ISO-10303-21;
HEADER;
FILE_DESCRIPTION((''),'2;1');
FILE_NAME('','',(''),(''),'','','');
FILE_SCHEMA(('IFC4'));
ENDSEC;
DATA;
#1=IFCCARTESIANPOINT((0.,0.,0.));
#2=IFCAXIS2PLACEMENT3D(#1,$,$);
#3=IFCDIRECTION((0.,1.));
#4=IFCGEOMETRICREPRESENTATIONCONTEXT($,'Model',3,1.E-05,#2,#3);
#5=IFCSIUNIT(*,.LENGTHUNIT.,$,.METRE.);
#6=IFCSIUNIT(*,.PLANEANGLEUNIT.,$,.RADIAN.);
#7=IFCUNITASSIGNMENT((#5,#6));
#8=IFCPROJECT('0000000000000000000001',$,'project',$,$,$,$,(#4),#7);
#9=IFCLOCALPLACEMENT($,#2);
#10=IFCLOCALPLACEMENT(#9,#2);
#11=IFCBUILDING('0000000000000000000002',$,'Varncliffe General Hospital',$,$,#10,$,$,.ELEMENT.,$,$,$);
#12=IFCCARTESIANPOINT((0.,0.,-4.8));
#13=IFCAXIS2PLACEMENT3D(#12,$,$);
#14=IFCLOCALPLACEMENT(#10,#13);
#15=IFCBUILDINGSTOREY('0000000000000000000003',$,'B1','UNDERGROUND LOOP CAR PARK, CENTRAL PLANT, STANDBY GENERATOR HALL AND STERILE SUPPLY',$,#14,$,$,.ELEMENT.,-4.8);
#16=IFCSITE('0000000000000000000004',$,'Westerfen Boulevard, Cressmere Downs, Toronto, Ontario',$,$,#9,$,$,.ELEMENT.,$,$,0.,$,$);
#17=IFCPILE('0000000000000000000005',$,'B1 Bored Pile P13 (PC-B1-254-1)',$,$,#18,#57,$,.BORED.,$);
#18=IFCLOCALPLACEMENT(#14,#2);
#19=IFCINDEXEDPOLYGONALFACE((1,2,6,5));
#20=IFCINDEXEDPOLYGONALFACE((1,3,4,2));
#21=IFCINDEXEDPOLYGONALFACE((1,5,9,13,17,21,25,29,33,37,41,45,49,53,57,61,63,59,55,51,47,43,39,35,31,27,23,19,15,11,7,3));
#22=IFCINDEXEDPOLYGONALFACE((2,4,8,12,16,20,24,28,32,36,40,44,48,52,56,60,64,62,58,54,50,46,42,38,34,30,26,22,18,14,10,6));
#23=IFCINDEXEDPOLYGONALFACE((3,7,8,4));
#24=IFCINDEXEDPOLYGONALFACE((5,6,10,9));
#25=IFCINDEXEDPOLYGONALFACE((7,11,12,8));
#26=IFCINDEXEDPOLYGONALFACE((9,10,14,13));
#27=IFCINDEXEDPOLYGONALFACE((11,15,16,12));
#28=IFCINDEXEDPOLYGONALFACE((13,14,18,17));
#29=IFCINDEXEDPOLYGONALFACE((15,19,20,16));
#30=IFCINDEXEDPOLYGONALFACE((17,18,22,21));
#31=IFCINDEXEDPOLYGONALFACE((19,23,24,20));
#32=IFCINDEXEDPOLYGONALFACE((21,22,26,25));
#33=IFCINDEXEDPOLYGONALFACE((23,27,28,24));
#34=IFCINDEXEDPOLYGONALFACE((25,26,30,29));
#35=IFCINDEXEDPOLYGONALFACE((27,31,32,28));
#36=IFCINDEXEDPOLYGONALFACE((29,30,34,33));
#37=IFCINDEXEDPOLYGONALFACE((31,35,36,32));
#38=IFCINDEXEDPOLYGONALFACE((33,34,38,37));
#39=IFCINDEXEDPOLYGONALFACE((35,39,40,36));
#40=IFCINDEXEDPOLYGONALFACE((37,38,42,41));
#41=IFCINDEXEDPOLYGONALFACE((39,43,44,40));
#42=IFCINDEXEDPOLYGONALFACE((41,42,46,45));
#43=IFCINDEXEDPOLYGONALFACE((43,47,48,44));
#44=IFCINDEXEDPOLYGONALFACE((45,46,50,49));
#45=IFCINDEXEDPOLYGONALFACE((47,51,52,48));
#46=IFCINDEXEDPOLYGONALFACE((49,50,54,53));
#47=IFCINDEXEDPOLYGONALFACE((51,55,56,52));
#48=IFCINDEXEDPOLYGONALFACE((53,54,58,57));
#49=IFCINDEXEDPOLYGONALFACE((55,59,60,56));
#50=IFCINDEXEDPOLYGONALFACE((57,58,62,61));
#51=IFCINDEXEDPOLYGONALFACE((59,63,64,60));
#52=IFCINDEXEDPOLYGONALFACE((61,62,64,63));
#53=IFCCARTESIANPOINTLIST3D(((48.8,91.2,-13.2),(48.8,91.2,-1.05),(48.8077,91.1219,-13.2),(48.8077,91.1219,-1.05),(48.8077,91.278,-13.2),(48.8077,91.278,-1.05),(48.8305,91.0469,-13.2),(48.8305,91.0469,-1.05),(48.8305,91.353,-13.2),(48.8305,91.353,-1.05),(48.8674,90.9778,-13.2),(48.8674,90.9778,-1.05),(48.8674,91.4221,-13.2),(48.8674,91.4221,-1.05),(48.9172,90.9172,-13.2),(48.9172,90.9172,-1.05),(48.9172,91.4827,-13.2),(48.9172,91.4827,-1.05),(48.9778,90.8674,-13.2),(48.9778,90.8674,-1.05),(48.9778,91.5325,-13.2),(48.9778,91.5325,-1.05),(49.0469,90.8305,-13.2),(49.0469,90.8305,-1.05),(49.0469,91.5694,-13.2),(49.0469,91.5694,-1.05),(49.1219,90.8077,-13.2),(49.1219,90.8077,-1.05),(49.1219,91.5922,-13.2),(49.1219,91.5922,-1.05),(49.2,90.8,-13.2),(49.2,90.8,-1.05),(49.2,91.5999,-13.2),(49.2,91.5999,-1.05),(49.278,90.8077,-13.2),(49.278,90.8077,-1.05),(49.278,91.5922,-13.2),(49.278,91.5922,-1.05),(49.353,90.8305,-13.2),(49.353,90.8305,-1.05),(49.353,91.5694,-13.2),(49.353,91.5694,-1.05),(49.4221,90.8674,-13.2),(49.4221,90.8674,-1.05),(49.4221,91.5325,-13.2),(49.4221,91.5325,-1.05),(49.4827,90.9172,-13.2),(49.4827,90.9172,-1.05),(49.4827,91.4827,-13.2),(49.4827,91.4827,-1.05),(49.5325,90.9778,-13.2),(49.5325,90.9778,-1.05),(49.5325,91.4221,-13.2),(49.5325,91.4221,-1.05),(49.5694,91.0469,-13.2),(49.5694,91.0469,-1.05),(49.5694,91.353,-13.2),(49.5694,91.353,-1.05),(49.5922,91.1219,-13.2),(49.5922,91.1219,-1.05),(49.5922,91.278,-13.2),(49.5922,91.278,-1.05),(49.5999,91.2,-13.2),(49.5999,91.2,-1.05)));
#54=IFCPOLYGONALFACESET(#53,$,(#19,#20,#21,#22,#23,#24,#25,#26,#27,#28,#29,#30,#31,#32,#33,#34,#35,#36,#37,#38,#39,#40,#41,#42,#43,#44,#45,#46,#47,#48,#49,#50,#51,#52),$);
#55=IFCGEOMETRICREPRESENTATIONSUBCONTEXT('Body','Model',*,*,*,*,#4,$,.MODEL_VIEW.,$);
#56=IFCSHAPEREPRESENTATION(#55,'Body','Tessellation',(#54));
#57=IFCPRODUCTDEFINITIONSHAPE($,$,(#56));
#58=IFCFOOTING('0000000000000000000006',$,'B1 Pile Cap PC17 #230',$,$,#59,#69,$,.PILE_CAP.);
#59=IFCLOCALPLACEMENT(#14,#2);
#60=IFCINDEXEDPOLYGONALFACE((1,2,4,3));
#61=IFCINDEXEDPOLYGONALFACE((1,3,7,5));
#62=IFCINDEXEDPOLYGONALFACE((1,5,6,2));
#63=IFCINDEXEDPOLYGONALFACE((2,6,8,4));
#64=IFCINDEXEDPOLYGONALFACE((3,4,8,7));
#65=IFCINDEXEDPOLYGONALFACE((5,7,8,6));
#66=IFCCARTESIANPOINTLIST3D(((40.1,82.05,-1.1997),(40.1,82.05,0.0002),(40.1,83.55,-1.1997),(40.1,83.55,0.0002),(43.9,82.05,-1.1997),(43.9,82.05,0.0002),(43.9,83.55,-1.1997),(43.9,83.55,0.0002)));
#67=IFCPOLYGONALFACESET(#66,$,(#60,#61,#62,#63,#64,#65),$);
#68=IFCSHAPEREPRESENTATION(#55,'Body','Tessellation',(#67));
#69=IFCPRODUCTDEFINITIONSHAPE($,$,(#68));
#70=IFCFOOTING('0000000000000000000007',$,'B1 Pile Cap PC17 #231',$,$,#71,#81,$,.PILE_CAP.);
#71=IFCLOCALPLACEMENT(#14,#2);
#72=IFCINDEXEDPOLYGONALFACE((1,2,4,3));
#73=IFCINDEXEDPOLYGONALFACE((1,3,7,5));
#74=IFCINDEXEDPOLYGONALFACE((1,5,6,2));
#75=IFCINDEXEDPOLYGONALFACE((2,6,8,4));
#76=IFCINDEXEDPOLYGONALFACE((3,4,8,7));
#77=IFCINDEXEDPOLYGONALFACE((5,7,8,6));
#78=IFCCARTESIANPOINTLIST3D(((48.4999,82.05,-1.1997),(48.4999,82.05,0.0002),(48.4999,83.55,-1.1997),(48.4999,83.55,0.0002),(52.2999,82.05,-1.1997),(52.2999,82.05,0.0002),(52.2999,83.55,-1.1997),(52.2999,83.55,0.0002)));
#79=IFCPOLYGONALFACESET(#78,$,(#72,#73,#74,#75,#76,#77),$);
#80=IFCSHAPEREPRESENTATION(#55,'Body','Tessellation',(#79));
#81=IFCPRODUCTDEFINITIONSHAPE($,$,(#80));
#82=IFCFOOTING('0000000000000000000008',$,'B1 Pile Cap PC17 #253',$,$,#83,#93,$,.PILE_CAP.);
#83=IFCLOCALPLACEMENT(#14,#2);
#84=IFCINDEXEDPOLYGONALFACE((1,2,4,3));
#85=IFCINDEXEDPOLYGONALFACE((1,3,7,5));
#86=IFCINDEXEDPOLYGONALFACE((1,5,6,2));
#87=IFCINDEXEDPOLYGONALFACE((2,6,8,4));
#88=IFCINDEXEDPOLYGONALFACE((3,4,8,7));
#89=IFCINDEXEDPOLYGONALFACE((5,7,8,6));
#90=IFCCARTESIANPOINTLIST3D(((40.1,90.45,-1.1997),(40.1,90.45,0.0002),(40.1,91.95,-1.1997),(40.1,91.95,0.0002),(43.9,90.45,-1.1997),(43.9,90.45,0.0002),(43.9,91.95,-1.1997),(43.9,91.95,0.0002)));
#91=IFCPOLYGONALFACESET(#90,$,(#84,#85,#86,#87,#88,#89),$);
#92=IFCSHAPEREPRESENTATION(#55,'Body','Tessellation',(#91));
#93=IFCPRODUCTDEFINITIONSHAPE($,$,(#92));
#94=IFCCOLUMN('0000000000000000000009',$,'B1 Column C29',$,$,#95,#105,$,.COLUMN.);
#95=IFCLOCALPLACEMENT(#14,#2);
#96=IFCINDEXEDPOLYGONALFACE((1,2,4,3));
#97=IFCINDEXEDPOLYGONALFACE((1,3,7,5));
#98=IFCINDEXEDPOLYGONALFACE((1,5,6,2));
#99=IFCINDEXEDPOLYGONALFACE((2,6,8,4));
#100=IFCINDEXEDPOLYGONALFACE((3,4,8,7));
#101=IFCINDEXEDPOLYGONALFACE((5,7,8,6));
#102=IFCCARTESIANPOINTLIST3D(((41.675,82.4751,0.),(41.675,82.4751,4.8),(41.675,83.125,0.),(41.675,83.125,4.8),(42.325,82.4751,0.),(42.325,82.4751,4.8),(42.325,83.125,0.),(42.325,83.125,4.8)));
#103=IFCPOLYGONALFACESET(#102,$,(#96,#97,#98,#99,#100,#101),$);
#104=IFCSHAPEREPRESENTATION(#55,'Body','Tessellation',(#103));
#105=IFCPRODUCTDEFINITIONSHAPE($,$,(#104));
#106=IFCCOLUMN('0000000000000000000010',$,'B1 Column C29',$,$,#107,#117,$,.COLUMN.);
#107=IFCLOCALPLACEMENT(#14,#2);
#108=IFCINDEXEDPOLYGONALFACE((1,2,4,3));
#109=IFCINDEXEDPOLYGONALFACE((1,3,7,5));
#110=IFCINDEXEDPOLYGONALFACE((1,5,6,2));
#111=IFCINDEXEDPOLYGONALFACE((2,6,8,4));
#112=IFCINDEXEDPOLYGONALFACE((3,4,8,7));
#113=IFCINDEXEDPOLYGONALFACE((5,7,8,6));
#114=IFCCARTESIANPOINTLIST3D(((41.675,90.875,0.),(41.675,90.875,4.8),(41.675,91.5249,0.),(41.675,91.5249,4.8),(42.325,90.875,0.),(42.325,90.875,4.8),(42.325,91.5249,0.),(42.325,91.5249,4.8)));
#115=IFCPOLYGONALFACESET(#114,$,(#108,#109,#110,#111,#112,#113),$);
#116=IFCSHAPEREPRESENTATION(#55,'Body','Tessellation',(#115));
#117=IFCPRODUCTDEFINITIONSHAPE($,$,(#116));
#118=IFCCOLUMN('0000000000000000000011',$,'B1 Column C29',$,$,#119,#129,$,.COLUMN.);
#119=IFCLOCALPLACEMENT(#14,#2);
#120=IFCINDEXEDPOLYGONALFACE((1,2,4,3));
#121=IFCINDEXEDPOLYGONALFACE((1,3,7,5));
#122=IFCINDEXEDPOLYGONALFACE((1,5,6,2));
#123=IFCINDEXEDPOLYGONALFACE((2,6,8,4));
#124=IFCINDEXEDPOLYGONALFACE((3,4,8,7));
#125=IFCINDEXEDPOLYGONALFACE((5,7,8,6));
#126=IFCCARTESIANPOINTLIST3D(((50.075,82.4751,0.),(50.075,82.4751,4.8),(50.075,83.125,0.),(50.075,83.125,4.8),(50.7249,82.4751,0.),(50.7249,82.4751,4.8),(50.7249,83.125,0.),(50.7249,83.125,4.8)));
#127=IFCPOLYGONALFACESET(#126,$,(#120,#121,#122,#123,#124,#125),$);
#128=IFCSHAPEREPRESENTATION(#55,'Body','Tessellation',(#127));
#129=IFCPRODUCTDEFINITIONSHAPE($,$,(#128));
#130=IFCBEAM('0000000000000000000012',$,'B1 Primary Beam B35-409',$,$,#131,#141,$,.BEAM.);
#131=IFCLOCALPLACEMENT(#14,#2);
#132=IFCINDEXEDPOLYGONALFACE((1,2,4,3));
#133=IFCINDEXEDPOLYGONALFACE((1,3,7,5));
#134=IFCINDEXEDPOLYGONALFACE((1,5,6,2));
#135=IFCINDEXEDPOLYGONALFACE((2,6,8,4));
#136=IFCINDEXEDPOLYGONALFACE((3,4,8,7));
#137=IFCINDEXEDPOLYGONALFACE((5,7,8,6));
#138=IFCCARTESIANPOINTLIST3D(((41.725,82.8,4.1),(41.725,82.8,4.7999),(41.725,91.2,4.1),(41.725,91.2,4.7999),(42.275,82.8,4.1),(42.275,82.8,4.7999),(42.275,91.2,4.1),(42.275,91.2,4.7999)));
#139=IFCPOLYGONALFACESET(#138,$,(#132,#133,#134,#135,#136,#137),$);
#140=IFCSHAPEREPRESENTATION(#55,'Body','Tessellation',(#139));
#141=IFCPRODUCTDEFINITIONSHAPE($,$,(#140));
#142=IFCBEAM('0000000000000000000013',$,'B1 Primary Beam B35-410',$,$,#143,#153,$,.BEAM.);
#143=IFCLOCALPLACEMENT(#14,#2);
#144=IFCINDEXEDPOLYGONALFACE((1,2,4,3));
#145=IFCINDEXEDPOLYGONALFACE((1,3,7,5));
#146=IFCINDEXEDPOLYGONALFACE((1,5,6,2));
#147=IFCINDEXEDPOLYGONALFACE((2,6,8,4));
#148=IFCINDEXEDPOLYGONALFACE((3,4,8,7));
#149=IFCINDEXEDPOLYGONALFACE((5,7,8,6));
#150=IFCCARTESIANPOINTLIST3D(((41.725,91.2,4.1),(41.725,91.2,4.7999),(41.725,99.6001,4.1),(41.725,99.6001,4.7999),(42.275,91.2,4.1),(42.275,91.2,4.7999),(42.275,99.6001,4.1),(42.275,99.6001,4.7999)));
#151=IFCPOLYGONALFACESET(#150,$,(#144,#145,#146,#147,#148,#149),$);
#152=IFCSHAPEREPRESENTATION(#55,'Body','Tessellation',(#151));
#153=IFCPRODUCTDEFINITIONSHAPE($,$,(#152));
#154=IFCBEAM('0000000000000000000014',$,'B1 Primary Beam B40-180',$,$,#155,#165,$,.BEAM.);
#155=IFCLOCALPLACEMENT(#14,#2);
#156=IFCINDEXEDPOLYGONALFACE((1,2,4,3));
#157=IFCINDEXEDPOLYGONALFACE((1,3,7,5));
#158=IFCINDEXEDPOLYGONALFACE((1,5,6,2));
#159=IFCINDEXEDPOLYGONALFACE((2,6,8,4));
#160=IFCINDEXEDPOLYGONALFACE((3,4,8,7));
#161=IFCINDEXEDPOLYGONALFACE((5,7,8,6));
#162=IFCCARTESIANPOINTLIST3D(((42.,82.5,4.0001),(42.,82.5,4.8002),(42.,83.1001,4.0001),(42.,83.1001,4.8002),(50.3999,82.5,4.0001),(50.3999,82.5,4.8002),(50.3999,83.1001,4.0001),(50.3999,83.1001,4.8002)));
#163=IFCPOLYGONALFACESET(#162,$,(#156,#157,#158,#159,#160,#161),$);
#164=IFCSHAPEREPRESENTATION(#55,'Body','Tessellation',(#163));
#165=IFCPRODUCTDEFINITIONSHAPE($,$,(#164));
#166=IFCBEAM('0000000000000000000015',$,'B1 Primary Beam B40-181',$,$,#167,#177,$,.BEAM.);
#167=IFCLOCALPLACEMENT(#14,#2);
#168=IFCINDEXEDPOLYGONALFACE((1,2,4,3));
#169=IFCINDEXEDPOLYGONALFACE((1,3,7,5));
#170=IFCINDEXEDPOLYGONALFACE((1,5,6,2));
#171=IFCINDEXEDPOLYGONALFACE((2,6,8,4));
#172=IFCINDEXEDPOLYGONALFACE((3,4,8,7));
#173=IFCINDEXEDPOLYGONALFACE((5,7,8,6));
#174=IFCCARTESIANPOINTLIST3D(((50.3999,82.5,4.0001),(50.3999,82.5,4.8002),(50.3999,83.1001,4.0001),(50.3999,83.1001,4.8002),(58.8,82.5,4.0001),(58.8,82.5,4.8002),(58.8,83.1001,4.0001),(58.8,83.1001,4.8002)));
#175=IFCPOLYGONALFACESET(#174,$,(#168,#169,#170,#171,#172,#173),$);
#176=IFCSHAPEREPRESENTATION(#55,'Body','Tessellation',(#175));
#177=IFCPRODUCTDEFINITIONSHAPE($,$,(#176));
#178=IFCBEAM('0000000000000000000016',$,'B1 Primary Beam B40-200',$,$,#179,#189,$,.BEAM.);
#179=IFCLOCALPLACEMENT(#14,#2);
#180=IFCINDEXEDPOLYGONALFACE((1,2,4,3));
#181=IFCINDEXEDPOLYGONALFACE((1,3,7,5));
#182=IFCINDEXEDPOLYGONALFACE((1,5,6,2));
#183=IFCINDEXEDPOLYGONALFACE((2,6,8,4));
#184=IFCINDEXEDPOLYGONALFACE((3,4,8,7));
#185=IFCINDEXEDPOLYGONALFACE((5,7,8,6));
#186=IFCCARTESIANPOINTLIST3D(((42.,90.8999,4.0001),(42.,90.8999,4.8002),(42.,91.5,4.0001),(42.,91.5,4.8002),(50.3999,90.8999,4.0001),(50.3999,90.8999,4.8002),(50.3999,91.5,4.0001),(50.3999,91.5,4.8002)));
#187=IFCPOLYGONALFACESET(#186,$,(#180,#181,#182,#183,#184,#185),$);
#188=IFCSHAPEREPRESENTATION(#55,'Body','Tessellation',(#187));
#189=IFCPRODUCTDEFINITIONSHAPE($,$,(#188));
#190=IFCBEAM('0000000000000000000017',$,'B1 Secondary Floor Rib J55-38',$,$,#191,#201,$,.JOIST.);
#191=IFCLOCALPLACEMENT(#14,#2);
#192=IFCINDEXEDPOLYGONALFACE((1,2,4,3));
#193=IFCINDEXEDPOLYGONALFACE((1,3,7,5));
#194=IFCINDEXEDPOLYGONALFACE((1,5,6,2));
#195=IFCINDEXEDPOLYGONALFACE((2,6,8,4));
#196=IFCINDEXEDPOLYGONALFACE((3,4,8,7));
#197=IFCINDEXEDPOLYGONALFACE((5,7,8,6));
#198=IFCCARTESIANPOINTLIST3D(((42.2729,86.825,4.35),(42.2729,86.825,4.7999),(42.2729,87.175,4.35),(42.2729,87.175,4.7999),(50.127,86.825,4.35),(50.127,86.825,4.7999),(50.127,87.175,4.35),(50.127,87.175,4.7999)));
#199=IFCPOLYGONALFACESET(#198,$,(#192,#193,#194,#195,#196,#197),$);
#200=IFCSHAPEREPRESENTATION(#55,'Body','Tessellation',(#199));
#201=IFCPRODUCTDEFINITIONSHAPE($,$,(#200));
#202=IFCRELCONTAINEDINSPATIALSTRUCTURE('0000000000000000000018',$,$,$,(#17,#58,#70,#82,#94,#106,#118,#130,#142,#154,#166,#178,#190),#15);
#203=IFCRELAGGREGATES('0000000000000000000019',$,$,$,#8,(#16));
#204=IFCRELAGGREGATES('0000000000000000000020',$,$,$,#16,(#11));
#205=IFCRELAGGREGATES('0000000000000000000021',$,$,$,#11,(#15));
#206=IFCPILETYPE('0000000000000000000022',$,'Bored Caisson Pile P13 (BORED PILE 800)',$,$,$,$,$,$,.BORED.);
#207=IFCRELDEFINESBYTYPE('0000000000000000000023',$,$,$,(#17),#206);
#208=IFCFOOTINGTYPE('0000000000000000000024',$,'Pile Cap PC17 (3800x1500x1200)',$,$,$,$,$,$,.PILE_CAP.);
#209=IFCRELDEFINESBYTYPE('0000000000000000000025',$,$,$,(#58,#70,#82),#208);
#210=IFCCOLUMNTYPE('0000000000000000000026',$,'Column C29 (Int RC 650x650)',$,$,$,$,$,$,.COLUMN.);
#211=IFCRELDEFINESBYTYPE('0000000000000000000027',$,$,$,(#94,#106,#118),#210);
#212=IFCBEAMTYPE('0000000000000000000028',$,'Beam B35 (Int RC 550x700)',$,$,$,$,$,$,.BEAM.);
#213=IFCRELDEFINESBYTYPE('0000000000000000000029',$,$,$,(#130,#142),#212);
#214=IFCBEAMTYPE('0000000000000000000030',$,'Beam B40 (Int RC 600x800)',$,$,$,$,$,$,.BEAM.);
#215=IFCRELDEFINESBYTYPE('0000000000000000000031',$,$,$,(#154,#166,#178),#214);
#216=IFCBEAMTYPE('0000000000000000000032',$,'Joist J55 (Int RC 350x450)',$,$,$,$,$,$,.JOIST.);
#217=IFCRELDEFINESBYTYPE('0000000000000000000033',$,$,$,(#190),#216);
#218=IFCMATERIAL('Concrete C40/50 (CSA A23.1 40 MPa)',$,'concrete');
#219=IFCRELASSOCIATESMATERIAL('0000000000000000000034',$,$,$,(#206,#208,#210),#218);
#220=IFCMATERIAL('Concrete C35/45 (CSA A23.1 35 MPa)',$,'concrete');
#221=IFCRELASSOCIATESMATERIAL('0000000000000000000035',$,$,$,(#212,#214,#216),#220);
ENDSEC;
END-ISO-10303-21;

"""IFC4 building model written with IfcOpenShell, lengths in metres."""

from ifc_helpers import new_model, si_unit, direction, frame, origin, origin_2d, place, context, subcontext, project, spatial, rectangle, circle, extrude, material, material_profile, profile_set, type_object, element, save


model = new_model("IFC4")

# Units and contexts
model_context = context("Model", 3, precision=1e-05, world=origin(), true_north=direction((0.0, 1.0)))
body_context = subcontext(model_context, "Body", "Model", "MODEL_VIEW")
ifc_project = project(units=[si_unit("LENGTHUNIT", "METRE"), si_unit("PLANEANGLEUNIT", "RADIAN")], contexts=[model_context])

# Site, building, storey
site_placement = place(None, origin())
site = spatial("IfcSite", under=ifc_project, at=site_placement, Name="Westerfen Boulevard, Cressmere Downs, Toronto, Ontario", CompositionType="ELEMENT", RefElevation=0.0)
building_placement = place(site_placement, origin())
building = spatial("IfcBuilding", under=site, at=building_placement, Name="Varncliffe General Hospital", CompositionType="ELEMENT")
storey_placement = place(building_placement, frame((0.0, 0.0, -4.8)))
storey = spatial("IfcBuildingStorey", under=building, at=storey_placement, Name="B1", Description="UNDERGROUND LOOP CAR PARK, CENTRAL PLANT, STANDBY GENERATOR HALL AND STERILE SUPPLY", CompositionType="ELEMENT", Elevation=-4.8)

# Pile
ifc_material_1 = material(Name="Concrete C40/50 (CSA A23.1 40 MPa)", Category="concrete")
ifc_material_profile_1 = material_profile(ifc_material_1, circle(Radius=0.3999, at=origin_2d()), Name="BORED PILE 800")
ifc_profile_set_1 = profile_set([ifc_material_profile_1], Name="Concrete C40/50 (CSA A23.1 40 MPa)")
pile_type = type_object("IfcPileType", Name="Bored Caisson Pile P13 (BORED PILE 800)", PredefinedType="BORED", material=ifc_profile_set_1)
for number, where, z_axis, x_axis, name in (
    (1, (49.2, 91.2, -1.05), (0.0, 0.0, -1.0), (1.0, 0.0, 0.0), "B1 Bored Pile P13 (PC-B1-254-1)"),
):
    element("IfcPile", number, at=place(storey_placement, frame(where, z_axis=z_axis, x_axis=x_axis)), inside=storey, type_object=pile_type, Name=name, PredefinedType="BORED", context=body_context, shape_type="SweptSolid", body=[
        extrude(circle(Radius=0.3999, at=origin_2d()), origin(), (0.0, 0.0, 1.0), 12.1499),
    ])

# Footings
footing_type = type_object("IfcFootingType", Name="Pile Cap PC17 (3800x1500x1200)", PredefinedType="PILE_CAP", material=ifc_material_1)
for number, where, z_axis, x_axis, name in (
    (2, (42.0, 82.8, -1.1997), (0.0, 0.0, 1.0), (1.0, 0.0, 0.0), "B1 Pile Cap PC17 #230"),
    (3, (50.3999, 82.8, -1.1997), (0.0, 0.0, 1.0), (1.0, 0.0, 0.0), "B1 Pile Cap PC17 #231"),
    (4, (42.0, 91.2, -1.1997), (0.0, 0.0, 1.0), (1.0, 0.0, 0.0), "B1 Pile Cap PC17 #253"),
):
    element("IfcFooting", number, at=place(storey_placement, frame(where, z_axis=z_axis, x_axis=x_axis)), inside=storey, type_object=footing_type, Name=name, PredefinedType="PILE_CAP", context=body_context, shape_type="SweptSolid", body=[
        extrude(rectangle(XDim=3.8, YDim=1.5, at=origin_2d()), origin(), (0.0, 0.0, 1.0), 1.2),
    ])

# Columns
ifc_material_profile_2 = material_profile(ifc_material_1, rectangle(XDim=0.6499, YDim=0.6499, at=origin_2d()), Name="RC 650x650")
ifc_profile_set_2 = profile_set([ifc_material_profile_2], Name="Concrete C40/50 (CSA A23.1 40 MPa)")
column_type = type_object("IfcColumnType", Name="Column C29 (Int RC 650x650)", PredefinedType="COLUMN", material=ifc_profile_set_2)
for number, where, z_axis, x_axis, name in (
    (5, (42.0, 82.8, 0.0), (0.0, 0.0, 1.0), (1.0, 0.0, 0.0), "B1 Column C29"),
    (6, (42.0, 91.2, 0.0), (0.0, 0.0, 1.0), (1.0, 0.0, 0.0), "B1 Column C29"),
    (7, (50.3999, 82.8, 0.0), (0.0, 0.0, 1.0), (1.0, 0.0, 0.0), "B1 Column C29"),
):
    element("IfcColumn", number, at=place(storey_placement, frame(where, z_axis=z_axis, x_axis=x_axis)), inside=storey, type_object=column_type, Name=name, PredefinedType="COLUMN", context=body_context, shape_type="SweptSolid", body=[
        extrude(rectangle(XDim=0.6499, YDim=0.6499, at=origin_2d()), origin(), (0.0, 0.0, 1.0), 4.8),
    ])

# Beams
ifc_material_2 = material(Name="Concrete C35/45 (CSA A23.1 35 MPa)", Category="concrete")
ifc_material_profile_3 = material_profile(ifc_material_2, rectangle(XDim=0.55, YDim=0.7, at=origin_2d()), Name="RC 550x700")
ifc_profile_set_3 = profile_set([ifc_material_profile_3], Name="Concrete C35/45 (CSA A23.1 35 MPa)")
beam_type_1 = type_object("IfcBeamType", Name="Beam B35 (Int RC 550x700)", PredefinedType="BEAM", material=ifc_profile_set_3)
beam_1_placement = place(storey_placement, frame((42.0, 82.8, 4.45), z_axis=(0.0, 1.0, 0.0), x_axis=(-1.0, 0.0, 0.0)))
element("IfcBeam", 8, at=beam_1_placement, inside=storey, type_object=beam_type_1, Name="B1 Primary Beam B35-409", PredefinedType="BEAM", context=body_context, shape_type="SweptSolid", body=[
    extrude(rectangle(XDim=0.55, YDim=0.7, at=origin_2d()), origin(), (0.0, 0.0, 1.0), 8.3999),
])
beam_2_placement = place(storey_placement, frame((42.0, 91.2, 4.45), z_axis=(0.0, 1.0, 0.0), x_axis=(-1.0, 0.0, 0.0)))
element("IfcBeam", 9, at=beam_2_placement, inside=storey, type_object=beam_type_1, Name="B1 Primary Beam B35-410", PredefinedType="BEAM", context=body_context, shape_type="SweptSolid", body=[
    extrude(rectangle(XDim=0.55, YDim=0.7, at=origin_2d()), origin(), (0.0, 0.0, 1.0), 8.4001),
])
ifc_material_profile_4 = material_profile(ifc_material_2, rectangle(XDim=0.6001, YDim=0.8, at=origin_2d()), Name="RC 600x800")
ifc_profile_set_4 = profile_set([ifc_material_profile_4], Name="Concrete C35/45 (CSA A23.1 35 MPa)")
beam_type_2 = type_object("IfcBeamType", Name="Beam B40 (Int RC 600x800)", PredefinedType="BEAM", material=ifc_profile_set_4)
beam_3_placement = place(storey_placement, frame((42.0, 82.8, 4.4001), z_axis=(1.0, 0.0, 0.0), x_axis=(0.0, 1.0, 0.0)))
element("IfcBeam", 10, at=beam_3_placement, inside=storey, type_object=beam_type_2, Name="B1 Primary Beam B40-180", PredefinedType="BEAM", context=body_context, shape_type="SweptSolid", body=[
    extrude(rectangle(XDim=0.6001, YDim=0.8, at=origin_2d()), origin(), (0.0, 0.0, 1.0), 8.3999),
])
beam_4_placement = place(storey_placement, frame((50.3999, 82.8, 4.4001), z_axis=(1.0, 0.0, 0.0), x_axis=(0.0, 1.0, 0.0)))
element("IfcBeam", 11, at=beam_4_placement, inside=storey, type_object=beam_type_2, Name="B1 Primary Beam B40-181", PredefinedType="BEAM", context=body_context, shape_type="SweptSolid", body=[
    extrude(rectangle(XDim=0.6001, YDim=0.8, at=origin_2d()), origin(), (0.0, 0.0, 1.0), 8.4001),
])
beam_5_placement = place(storey_placement, frame((42.0, 91.2, 4.4001), z_axis=(1.0, 0.0, 0.0), x_axis=(0.0, 1.0, 0.0)))
element("IfcBeam", 12, at=beam_5_placement, inside=storey, type_object=beam_type_2, Name="B1 Primary Beam B40-200", PredefinedType="BEAM", context=body_context, shape_type="SweptSolid", body=[
    extrude(rectangle(XDim=0.6001, YDim=0.8, at=origin_2d()), origin(), (0.0, 0.0, 1.0), 8.3999),
])
ifc_material_profile_5 = material_profile(ifc_material_2, rectangle(XDim=0.3501, YDim=0.45, at=origin_2d()), Name="RC 350x450")
ifc_profile_set_5 = profile_set([ifc_material_profile_5], Name="Concrete C35/45 (CSA A23.1 35 MPa)")
beam_type_3 = type_object("IfcBeamType", Name="Joist J55 (Int RC 350x450)", PredefinedType="JOIST", material=ifc_profile_set_5)
for number, where, z_axis, x_axis, name in (
    (13, (42.2729, 87.0, 4.575), (1.0, 0.0, 0.0), (0.0, 1.0, 0.0), "B1 Secondary Floor Rib J55-38"),
):
    element("IfcBeam", number, at=place(storey_placement, frame(where, z_axis=z_axis, x_axis=x_axis)), inside=storey, type_object=beam_type_3, Name=name, PredefinedType="JOIST", context=body_context, shape_type="SweptSolid", body=[
        extrude(rectangle(XDim=0.3501, YDim=0.45, at=origin_2d()), origin(), (0.0, 0.0, 1.0), 7.854),
    ])

save(model, "model.ifc")
